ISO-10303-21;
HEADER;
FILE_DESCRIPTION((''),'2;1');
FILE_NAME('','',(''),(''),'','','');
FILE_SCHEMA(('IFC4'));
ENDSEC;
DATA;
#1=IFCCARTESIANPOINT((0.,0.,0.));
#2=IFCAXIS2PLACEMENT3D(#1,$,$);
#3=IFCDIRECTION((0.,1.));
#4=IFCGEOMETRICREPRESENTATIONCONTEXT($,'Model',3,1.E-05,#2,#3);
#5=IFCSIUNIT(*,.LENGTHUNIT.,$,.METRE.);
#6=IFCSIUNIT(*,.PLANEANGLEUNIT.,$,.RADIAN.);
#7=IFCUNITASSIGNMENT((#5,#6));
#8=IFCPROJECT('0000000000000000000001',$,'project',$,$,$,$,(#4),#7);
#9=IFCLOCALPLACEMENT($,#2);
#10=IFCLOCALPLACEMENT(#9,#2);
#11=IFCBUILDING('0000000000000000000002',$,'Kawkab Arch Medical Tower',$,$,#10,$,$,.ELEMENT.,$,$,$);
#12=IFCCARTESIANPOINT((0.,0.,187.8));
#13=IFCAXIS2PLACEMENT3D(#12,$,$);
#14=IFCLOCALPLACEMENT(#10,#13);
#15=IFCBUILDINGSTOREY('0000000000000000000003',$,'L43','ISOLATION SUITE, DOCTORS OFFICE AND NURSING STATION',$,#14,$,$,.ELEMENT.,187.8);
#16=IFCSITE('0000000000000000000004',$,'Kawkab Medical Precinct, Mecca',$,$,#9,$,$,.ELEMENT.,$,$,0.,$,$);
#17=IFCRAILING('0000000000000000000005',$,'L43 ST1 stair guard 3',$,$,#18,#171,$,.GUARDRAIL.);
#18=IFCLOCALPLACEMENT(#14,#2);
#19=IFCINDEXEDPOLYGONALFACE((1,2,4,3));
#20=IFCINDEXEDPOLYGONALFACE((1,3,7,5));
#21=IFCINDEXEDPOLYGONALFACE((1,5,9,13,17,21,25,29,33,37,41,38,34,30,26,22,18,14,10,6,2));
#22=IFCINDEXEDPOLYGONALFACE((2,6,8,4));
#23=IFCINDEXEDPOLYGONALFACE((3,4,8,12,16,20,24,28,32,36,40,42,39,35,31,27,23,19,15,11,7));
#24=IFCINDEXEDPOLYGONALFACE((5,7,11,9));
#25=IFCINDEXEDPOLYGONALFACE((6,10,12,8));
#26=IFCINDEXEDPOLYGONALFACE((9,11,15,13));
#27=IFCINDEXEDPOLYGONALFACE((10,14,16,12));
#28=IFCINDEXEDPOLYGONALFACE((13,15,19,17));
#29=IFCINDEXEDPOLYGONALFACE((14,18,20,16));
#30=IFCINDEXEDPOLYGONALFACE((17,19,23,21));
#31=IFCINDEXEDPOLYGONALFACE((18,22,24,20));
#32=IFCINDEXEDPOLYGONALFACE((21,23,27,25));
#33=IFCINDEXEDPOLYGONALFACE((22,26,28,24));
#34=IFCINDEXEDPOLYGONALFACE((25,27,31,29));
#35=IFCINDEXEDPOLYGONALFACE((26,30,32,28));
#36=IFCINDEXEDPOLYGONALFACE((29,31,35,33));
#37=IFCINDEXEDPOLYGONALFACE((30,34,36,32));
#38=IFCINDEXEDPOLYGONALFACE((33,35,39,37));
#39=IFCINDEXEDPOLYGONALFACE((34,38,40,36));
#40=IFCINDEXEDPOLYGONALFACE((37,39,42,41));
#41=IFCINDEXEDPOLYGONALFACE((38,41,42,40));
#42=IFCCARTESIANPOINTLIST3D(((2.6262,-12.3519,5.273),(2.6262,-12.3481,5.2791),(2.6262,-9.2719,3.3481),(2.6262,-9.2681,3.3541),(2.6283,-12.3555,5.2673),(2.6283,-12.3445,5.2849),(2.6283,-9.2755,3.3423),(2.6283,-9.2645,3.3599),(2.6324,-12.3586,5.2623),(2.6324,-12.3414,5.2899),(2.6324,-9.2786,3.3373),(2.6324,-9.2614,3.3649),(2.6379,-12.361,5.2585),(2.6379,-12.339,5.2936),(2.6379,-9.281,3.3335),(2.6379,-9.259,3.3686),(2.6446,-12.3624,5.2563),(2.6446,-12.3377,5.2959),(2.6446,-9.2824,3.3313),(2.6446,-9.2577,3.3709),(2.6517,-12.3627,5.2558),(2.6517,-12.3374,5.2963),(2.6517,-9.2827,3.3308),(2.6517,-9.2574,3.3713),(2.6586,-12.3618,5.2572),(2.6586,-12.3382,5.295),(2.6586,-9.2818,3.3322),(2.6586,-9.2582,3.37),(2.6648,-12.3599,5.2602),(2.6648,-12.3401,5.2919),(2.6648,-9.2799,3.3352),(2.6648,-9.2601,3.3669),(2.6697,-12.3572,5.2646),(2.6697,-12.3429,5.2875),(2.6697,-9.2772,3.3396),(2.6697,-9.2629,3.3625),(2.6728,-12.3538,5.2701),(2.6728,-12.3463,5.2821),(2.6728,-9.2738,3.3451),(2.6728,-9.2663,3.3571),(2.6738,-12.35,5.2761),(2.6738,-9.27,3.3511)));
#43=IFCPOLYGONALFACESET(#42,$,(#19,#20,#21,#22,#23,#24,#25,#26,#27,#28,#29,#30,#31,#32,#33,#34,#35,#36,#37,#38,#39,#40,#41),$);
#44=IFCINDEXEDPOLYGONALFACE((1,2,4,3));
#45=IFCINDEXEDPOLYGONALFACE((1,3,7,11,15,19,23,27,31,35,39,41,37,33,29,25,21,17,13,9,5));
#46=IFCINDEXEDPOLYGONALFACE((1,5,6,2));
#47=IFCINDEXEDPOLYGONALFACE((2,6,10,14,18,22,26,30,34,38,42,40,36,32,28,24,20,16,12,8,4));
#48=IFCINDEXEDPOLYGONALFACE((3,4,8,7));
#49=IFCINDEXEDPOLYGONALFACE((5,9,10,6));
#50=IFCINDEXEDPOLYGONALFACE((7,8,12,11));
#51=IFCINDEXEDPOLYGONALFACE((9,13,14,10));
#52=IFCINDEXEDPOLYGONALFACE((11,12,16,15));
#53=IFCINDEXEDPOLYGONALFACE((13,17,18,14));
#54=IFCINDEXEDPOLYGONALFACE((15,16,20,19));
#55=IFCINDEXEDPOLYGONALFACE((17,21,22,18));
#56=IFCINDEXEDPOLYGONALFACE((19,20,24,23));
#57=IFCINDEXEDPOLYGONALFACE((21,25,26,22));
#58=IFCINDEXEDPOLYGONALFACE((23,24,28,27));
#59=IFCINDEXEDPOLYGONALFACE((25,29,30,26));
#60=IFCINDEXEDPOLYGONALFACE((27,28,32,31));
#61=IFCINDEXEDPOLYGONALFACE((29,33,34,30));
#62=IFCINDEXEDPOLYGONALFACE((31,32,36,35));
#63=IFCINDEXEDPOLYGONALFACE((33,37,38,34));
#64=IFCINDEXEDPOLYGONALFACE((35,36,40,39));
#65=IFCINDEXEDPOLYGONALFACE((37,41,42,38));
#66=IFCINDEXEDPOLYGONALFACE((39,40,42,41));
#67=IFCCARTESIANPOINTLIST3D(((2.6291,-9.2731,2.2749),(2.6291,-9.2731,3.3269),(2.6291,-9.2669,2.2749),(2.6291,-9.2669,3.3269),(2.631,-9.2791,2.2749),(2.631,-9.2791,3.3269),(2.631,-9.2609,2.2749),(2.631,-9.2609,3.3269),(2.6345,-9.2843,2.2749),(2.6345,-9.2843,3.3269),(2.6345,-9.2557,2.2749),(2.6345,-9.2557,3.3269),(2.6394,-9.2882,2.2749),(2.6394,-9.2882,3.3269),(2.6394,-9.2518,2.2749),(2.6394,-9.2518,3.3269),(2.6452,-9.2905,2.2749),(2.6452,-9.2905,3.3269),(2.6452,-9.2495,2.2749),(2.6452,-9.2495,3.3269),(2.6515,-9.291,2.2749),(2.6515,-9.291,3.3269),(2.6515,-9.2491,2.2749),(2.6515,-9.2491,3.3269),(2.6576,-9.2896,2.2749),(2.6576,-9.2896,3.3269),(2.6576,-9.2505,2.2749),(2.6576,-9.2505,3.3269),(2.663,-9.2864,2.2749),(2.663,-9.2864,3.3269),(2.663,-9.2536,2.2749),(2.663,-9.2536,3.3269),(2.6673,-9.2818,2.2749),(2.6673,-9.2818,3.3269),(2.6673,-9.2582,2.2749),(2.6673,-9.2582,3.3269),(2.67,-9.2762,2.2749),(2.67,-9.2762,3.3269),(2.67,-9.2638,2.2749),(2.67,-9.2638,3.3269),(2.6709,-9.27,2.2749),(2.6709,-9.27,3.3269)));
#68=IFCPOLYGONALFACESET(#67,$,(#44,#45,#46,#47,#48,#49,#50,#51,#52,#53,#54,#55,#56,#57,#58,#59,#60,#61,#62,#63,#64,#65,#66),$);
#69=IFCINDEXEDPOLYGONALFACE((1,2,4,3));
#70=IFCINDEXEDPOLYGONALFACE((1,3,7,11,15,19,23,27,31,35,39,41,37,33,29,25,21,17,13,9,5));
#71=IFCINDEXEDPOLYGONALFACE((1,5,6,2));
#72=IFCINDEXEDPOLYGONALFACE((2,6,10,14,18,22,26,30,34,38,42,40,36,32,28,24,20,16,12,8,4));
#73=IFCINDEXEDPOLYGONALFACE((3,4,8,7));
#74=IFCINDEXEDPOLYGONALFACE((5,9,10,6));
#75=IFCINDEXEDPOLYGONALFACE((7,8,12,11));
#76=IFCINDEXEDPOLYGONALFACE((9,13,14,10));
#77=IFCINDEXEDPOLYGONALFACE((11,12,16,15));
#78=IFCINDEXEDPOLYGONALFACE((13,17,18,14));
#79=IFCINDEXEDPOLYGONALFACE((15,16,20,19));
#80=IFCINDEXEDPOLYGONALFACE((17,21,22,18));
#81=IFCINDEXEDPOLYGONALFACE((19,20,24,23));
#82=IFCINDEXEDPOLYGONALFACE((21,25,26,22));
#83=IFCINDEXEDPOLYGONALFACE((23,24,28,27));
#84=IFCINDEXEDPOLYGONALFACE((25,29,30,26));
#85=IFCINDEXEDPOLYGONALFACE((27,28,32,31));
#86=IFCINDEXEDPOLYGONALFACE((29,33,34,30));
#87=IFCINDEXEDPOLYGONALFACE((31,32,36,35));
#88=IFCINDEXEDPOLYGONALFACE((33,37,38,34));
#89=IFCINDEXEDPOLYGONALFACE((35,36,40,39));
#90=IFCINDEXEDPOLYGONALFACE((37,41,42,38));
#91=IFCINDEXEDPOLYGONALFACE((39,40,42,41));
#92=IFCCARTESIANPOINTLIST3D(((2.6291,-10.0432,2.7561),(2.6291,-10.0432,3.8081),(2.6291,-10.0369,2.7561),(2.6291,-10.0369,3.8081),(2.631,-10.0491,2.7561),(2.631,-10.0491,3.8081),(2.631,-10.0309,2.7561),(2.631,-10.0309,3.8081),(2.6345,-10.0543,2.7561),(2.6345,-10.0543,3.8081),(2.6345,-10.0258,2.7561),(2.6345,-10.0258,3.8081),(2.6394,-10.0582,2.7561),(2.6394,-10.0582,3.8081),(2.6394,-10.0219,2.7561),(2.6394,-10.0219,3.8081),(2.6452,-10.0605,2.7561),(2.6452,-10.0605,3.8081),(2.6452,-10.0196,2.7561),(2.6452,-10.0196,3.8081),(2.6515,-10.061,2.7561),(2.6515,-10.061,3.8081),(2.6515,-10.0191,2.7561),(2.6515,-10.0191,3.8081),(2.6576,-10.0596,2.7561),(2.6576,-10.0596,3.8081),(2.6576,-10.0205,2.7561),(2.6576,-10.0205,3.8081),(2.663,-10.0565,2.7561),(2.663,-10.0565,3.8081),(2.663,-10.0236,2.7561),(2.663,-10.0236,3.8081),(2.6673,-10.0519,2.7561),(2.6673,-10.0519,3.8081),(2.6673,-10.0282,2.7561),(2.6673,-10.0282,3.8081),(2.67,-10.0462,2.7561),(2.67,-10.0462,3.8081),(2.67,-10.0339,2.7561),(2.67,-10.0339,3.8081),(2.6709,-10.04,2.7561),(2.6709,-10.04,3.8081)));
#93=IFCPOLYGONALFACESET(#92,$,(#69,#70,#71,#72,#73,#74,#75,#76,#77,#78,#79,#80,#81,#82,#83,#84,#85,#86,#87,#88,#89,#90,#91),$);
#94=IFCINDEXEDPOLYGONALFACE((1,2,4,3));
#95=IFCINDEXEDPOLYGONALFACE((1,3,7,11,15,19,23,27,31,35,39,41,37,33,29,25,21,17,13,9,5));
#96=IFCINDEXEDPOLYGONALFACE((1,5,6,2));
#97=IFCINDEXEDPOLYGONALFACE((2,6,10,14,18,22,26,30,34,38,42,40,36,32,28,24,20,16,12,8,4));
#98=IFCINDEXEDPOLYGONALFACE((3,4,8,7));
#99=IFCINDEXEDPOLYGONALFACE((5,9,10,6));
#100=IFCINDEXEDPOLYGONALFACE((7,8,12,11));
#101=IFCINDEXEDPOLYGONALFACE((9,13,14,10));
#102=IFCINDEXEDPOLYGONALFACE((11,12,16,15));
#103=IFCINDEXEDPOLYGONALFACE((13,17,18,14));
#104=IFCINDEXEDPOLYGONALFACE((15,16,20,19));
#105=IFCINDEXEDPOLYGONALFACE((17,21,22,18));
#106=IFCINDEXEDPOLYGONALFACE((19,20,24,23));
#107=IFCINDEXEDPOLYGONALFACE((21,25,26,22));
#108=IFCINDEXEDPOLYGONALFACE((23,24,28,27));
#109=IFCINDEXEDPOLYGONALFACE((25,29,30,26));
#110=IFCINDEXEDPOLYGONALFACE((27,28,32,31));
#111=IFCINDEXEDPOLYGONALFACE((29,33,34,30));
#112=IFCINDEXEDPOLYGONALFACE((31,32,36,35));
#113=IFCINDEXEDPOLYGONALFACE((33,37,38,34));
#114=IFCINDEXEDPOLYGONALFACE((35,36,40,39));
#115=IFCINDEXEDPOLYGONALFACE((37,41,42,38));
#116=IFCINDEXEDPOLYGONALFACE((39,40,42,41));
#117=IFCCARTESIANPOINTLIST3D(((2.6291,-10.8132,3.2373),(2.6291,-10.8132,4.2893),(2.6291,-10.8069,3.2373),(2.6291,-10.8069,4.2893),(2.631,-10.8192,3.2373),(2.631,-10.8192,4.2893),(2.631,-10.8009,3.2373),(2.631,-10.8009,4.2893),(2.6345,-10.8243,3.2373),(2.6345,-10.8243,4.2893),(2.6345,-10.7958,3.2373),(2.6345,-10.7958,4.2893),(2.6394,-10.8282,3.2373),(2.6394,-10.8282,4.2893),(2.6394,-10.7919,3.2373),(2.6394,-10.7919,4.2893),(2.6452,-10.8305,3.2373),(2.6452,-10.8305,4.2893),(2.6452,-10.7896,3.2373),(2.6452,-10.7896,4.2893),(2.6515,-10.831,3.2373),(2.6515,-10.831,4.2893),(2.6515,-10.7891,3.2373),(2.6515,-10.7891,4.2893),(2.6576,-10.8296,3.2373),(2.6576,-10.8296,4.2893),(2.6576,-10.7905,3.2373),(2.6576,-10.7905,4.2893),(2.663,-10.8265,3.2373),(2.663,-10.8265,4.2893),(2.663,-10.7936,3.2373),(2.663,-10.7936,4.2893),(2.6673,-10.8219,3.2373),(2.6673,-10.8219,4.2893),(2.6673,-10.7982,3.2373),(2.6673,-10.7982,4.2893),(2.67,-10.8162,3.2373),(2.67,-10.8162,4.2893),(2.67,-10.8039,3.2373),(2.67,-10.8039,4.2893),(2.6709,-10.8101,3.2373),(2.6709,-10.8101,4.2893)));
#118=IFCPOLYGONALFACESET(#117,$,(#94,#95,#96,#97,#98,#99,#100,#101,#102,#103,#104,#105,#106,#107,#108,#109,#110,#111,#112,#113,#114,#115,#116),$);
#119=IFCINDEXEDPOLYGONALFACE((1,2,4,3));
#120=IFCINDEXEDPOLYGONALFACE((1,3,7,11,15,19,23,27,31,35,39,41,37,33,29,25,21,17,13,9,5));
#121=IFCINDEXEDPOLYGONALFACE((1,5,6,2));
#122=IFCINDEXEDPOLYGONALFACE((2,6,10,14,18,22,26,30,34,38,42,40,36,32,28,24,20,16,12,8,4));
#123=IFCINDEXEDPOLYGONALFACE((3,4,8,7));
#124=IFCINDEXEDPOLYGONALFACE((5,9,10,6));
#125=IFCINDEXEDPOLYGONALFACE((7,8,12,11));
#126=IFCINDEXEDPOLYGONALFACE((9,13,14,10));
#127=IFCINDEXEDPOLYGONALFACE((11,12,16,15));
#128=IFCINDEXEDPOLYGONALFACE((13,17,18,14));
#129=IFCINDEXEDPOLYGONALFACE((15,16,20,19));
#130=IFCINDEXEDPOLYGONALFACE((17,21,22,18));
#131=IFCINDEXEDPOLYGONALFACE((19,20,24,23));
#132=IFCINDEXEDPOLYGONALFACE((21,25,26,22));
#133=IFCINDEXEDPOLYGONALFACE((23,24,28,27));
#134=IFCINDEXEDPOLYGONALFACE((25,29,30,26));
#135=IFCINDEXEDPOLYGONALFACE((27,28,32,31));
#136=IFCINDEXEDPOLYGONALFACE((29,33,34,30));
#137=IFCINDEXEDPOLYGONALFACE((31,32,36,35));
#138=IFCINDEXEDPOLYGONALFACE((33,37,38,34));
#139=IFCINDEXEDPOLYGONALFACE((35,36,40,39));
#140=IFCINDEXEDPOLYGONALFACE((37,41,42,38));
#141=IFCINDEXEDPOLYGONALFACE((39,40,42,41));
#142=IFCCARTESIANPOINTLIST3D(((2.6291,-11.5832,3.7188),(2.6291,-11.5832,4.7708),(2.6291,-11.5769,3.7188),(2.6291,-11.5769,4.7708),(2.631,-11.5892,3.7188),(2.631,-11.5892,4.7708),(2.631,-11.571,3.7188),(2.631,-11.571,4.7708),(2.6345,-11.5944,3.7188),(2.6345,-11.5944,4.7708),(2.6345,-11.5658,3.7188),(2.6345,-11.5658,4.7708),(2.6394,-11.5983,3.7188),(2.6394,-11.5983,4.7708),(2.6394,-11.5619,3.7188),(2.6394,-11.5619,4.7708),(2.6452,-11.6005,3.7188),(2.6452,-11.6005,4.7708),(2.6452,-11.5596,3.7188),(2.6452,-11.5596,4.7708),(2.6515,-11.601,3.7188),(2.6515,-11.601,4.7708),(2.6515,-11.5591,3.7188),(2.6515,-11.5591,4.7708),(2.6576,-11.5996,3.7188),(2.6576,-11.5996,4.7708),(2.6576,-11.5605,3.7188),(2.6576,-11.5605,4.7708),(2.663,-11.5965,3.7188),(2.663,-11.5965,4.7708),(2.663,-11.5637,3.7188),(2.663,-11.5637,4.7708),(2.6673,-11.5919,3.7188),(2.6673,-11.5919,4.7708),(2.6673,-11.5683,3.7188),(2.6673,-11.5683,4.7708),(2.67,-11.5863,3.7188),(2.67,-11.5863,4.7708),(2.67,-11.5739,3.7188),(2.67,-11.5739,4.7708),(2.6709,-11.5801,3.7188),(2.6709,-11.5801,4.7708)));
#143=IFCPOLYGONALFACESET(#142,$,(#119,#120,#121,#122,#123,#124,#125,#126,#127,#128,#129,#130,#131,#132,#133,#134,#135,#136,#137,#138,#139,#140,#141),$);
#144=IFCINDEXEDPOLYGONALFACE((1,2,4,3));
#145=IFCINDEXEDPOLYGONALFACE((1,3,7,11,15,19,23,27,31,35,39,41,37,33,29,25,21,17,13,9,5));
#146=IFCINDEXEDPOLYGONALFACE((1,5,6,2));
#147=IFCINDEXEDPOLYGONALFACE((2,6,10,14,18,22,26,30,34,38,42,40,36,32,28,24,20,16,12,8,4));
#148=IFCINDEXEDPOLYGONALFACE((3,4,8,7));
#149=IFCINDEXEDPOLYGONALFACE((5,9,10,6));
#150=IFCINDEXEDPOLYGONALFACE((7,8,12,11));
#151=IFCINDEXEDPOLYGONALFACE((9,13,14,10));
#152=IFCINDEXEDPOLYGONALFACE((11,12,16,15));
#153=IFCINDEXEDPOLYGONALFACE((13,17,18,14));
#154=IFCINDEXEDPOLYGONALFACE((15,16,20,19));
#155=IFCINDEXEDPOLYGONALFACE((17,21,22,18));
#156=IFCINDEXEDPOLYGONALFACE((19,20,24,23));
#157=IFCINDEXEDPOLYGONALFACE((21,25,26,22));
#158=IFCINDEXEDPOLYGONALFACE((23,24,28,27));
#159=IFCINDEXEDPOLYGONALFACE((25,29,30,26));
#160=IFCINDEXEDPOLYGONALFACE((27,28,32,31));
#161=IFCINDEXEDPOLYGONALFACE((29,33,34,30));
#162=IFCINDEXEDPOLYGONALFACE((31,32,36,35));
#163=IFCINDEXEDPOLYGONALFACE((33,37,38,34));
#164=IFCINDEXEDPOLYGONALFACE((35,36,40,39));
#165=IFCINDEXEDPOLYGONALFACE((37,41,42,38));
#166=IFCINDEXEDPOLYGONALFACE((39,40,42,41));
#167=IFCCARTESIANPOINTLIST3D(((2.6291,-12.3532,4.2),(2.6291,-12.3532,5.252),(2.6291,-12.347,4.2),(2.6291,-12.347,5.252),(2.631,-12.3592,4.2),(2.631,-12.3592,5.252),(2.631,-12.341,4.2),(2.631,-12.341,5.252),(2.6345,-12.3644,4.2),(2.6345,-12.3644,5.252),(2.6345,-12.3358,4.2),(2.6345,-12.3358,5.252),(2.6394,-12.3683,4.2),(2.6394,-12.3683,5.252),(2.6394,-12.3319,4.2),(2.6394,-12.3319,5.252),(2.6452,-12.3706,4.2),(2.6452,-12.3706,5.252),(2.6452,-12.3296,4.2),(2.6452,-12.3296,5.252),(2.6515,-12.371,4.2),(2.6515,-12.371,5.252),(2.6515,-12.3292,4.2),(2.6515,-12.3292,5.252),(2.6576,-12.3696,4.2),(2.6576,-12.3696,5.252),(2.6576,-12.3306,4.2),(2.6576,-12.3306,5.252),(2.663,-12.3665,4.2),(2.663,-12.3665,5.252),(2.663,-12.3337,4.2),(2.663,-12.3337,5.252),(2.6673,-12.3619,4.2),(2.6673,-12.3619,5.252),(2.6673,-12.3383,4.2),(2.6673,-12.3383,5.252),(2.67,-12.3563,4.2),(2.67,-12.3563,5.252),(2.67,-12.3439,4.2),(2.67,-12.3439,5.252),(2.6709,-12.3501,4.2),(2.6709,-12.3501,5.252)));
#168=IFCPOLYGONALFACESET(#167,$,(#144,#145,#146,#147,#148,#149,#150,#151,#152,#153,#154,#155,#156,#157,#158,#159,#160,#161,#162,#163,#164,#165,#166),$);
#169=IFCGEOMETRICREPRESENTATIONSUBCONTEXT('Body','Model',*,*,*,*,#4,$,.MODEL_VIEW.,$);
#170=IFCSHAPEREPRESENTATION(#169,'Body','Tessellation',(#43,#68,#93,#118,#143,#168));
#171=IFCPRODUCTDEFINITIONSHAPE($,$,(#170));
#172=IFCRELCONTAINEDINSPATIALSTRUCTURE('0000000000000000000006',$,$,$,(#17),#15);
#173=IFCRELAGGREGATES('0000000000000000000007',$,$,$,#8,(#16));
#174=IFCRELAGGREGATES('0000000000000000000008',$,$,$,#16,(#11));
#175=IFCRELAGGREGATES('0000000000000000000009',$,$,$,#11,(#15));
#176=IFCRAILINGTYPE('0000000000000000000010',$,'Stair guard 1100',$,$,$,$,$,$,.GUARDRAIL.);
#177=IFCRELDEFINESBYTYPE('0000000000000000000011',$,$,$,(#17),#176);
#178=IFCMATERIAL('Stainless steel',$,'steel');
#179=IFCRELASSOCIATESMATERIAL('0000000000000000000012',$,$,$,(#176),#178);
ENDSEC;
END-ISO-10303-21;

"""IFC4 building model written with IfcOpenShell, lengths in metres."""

from ifc_helpers import new_model, si_unit, direction, frame, origin, origin_2d, place, context, subcontext, project, spatial, circle, extrude, material, type_object, element, save


model = new_model("IFC4")

# Units and contexts
model_context = context("Model", 3, precision=1e-05, world=origin(), true_north=direction((0.0, 1.0)))
body_context = subcontext(model_context, "Body", "Model", "MODEL_VIEW")
ifc_project = project(units=[si_unit("LENGTHUNIT", "METRE"), si_unit("PLANEANGLEUNIT", "RADIAN")], contexts=[model_context])

# Site, building, storey
site_placement = place(None, origin())
site = spatial("IfcSite", under=ifc_project, at=site_placement, Name="Kawkab Medical Precinct, Mecca", CompositionType="ELEMENT", RefElevation=0.0)
building_placement = place(site_placement, origin())
building = spatial("IfcBuilding", under=site, at=building_placement, Name="Kawkab Arch Medical Tower", CompositionType="ELEMENT")
storey_placement = place(building_placement, frame((0.0, 0.0, 187.8)))
storey = spatial("IfcBuildingStorey", under=building, at=storey_placement, Name="L43", Description="ISOLATION SUITE, DOCTORS OFFICE AND NURSING STATION", CompositionType="ELEMENT", Elevation=187.8)

# Railing
ifc_material_1 = material(Name="Stainless steel", Category="steel")
railing_type_1 = type_object("IfcRailingType", Name="Stair guard 1100", PredefinedType="GUARDRAIL", material=ifc_material_1)
railing_1_placement = place(storey_placement, frame((2.6499, -9.27, 2.2749)))
element("IfcRailing", 1, at=railing_1_placement, inside=storey, type_object=railing_type_1, Name="L43 ST1 stair guard 3", PredefinedType="GUARDRAIL", context=body_context, shape_type="SweptSolid", body=[
    extrude(circle(Radius=0.0239, at=origin_2d()), frame((0.0, 0.0, 1.0762), z_axis=(0.0, -0.847998, 0.529999), x_axis=(1.0, 0.0, 0.0)), (0.0, 0.0, 1.0), 3.6321),
    extrude(circle(Radius=0.021, at=origin_2d()), origin(), (0.0, 0.0, 1.0), 1.052),
    extrude(circle(Radius=0.021, at=origin_2d()), frame((0.0, -0.77, 0.4812)), (0.0, 0.0, 1.0), 1.052),
    extrude(circle(Radius=0.021, at=origin_2d()), frame((0.0, -1.54, 0.9624)), (0.0, 0.0, 1.0), 1.052),
    extrude(circle(Radius=0.021, at=origin_2d()), frame((0.0, -2.3101, 1.4438)), (0.0, 0.0, 1.0), 1.052),
    extrude(circle(Radius=0.021, at=origin_2d()), frame((0.0, -3.0801, 1.925)), (0.0, 0.0, 1.0), 1.052),
])

save(model, "model.ifc")
